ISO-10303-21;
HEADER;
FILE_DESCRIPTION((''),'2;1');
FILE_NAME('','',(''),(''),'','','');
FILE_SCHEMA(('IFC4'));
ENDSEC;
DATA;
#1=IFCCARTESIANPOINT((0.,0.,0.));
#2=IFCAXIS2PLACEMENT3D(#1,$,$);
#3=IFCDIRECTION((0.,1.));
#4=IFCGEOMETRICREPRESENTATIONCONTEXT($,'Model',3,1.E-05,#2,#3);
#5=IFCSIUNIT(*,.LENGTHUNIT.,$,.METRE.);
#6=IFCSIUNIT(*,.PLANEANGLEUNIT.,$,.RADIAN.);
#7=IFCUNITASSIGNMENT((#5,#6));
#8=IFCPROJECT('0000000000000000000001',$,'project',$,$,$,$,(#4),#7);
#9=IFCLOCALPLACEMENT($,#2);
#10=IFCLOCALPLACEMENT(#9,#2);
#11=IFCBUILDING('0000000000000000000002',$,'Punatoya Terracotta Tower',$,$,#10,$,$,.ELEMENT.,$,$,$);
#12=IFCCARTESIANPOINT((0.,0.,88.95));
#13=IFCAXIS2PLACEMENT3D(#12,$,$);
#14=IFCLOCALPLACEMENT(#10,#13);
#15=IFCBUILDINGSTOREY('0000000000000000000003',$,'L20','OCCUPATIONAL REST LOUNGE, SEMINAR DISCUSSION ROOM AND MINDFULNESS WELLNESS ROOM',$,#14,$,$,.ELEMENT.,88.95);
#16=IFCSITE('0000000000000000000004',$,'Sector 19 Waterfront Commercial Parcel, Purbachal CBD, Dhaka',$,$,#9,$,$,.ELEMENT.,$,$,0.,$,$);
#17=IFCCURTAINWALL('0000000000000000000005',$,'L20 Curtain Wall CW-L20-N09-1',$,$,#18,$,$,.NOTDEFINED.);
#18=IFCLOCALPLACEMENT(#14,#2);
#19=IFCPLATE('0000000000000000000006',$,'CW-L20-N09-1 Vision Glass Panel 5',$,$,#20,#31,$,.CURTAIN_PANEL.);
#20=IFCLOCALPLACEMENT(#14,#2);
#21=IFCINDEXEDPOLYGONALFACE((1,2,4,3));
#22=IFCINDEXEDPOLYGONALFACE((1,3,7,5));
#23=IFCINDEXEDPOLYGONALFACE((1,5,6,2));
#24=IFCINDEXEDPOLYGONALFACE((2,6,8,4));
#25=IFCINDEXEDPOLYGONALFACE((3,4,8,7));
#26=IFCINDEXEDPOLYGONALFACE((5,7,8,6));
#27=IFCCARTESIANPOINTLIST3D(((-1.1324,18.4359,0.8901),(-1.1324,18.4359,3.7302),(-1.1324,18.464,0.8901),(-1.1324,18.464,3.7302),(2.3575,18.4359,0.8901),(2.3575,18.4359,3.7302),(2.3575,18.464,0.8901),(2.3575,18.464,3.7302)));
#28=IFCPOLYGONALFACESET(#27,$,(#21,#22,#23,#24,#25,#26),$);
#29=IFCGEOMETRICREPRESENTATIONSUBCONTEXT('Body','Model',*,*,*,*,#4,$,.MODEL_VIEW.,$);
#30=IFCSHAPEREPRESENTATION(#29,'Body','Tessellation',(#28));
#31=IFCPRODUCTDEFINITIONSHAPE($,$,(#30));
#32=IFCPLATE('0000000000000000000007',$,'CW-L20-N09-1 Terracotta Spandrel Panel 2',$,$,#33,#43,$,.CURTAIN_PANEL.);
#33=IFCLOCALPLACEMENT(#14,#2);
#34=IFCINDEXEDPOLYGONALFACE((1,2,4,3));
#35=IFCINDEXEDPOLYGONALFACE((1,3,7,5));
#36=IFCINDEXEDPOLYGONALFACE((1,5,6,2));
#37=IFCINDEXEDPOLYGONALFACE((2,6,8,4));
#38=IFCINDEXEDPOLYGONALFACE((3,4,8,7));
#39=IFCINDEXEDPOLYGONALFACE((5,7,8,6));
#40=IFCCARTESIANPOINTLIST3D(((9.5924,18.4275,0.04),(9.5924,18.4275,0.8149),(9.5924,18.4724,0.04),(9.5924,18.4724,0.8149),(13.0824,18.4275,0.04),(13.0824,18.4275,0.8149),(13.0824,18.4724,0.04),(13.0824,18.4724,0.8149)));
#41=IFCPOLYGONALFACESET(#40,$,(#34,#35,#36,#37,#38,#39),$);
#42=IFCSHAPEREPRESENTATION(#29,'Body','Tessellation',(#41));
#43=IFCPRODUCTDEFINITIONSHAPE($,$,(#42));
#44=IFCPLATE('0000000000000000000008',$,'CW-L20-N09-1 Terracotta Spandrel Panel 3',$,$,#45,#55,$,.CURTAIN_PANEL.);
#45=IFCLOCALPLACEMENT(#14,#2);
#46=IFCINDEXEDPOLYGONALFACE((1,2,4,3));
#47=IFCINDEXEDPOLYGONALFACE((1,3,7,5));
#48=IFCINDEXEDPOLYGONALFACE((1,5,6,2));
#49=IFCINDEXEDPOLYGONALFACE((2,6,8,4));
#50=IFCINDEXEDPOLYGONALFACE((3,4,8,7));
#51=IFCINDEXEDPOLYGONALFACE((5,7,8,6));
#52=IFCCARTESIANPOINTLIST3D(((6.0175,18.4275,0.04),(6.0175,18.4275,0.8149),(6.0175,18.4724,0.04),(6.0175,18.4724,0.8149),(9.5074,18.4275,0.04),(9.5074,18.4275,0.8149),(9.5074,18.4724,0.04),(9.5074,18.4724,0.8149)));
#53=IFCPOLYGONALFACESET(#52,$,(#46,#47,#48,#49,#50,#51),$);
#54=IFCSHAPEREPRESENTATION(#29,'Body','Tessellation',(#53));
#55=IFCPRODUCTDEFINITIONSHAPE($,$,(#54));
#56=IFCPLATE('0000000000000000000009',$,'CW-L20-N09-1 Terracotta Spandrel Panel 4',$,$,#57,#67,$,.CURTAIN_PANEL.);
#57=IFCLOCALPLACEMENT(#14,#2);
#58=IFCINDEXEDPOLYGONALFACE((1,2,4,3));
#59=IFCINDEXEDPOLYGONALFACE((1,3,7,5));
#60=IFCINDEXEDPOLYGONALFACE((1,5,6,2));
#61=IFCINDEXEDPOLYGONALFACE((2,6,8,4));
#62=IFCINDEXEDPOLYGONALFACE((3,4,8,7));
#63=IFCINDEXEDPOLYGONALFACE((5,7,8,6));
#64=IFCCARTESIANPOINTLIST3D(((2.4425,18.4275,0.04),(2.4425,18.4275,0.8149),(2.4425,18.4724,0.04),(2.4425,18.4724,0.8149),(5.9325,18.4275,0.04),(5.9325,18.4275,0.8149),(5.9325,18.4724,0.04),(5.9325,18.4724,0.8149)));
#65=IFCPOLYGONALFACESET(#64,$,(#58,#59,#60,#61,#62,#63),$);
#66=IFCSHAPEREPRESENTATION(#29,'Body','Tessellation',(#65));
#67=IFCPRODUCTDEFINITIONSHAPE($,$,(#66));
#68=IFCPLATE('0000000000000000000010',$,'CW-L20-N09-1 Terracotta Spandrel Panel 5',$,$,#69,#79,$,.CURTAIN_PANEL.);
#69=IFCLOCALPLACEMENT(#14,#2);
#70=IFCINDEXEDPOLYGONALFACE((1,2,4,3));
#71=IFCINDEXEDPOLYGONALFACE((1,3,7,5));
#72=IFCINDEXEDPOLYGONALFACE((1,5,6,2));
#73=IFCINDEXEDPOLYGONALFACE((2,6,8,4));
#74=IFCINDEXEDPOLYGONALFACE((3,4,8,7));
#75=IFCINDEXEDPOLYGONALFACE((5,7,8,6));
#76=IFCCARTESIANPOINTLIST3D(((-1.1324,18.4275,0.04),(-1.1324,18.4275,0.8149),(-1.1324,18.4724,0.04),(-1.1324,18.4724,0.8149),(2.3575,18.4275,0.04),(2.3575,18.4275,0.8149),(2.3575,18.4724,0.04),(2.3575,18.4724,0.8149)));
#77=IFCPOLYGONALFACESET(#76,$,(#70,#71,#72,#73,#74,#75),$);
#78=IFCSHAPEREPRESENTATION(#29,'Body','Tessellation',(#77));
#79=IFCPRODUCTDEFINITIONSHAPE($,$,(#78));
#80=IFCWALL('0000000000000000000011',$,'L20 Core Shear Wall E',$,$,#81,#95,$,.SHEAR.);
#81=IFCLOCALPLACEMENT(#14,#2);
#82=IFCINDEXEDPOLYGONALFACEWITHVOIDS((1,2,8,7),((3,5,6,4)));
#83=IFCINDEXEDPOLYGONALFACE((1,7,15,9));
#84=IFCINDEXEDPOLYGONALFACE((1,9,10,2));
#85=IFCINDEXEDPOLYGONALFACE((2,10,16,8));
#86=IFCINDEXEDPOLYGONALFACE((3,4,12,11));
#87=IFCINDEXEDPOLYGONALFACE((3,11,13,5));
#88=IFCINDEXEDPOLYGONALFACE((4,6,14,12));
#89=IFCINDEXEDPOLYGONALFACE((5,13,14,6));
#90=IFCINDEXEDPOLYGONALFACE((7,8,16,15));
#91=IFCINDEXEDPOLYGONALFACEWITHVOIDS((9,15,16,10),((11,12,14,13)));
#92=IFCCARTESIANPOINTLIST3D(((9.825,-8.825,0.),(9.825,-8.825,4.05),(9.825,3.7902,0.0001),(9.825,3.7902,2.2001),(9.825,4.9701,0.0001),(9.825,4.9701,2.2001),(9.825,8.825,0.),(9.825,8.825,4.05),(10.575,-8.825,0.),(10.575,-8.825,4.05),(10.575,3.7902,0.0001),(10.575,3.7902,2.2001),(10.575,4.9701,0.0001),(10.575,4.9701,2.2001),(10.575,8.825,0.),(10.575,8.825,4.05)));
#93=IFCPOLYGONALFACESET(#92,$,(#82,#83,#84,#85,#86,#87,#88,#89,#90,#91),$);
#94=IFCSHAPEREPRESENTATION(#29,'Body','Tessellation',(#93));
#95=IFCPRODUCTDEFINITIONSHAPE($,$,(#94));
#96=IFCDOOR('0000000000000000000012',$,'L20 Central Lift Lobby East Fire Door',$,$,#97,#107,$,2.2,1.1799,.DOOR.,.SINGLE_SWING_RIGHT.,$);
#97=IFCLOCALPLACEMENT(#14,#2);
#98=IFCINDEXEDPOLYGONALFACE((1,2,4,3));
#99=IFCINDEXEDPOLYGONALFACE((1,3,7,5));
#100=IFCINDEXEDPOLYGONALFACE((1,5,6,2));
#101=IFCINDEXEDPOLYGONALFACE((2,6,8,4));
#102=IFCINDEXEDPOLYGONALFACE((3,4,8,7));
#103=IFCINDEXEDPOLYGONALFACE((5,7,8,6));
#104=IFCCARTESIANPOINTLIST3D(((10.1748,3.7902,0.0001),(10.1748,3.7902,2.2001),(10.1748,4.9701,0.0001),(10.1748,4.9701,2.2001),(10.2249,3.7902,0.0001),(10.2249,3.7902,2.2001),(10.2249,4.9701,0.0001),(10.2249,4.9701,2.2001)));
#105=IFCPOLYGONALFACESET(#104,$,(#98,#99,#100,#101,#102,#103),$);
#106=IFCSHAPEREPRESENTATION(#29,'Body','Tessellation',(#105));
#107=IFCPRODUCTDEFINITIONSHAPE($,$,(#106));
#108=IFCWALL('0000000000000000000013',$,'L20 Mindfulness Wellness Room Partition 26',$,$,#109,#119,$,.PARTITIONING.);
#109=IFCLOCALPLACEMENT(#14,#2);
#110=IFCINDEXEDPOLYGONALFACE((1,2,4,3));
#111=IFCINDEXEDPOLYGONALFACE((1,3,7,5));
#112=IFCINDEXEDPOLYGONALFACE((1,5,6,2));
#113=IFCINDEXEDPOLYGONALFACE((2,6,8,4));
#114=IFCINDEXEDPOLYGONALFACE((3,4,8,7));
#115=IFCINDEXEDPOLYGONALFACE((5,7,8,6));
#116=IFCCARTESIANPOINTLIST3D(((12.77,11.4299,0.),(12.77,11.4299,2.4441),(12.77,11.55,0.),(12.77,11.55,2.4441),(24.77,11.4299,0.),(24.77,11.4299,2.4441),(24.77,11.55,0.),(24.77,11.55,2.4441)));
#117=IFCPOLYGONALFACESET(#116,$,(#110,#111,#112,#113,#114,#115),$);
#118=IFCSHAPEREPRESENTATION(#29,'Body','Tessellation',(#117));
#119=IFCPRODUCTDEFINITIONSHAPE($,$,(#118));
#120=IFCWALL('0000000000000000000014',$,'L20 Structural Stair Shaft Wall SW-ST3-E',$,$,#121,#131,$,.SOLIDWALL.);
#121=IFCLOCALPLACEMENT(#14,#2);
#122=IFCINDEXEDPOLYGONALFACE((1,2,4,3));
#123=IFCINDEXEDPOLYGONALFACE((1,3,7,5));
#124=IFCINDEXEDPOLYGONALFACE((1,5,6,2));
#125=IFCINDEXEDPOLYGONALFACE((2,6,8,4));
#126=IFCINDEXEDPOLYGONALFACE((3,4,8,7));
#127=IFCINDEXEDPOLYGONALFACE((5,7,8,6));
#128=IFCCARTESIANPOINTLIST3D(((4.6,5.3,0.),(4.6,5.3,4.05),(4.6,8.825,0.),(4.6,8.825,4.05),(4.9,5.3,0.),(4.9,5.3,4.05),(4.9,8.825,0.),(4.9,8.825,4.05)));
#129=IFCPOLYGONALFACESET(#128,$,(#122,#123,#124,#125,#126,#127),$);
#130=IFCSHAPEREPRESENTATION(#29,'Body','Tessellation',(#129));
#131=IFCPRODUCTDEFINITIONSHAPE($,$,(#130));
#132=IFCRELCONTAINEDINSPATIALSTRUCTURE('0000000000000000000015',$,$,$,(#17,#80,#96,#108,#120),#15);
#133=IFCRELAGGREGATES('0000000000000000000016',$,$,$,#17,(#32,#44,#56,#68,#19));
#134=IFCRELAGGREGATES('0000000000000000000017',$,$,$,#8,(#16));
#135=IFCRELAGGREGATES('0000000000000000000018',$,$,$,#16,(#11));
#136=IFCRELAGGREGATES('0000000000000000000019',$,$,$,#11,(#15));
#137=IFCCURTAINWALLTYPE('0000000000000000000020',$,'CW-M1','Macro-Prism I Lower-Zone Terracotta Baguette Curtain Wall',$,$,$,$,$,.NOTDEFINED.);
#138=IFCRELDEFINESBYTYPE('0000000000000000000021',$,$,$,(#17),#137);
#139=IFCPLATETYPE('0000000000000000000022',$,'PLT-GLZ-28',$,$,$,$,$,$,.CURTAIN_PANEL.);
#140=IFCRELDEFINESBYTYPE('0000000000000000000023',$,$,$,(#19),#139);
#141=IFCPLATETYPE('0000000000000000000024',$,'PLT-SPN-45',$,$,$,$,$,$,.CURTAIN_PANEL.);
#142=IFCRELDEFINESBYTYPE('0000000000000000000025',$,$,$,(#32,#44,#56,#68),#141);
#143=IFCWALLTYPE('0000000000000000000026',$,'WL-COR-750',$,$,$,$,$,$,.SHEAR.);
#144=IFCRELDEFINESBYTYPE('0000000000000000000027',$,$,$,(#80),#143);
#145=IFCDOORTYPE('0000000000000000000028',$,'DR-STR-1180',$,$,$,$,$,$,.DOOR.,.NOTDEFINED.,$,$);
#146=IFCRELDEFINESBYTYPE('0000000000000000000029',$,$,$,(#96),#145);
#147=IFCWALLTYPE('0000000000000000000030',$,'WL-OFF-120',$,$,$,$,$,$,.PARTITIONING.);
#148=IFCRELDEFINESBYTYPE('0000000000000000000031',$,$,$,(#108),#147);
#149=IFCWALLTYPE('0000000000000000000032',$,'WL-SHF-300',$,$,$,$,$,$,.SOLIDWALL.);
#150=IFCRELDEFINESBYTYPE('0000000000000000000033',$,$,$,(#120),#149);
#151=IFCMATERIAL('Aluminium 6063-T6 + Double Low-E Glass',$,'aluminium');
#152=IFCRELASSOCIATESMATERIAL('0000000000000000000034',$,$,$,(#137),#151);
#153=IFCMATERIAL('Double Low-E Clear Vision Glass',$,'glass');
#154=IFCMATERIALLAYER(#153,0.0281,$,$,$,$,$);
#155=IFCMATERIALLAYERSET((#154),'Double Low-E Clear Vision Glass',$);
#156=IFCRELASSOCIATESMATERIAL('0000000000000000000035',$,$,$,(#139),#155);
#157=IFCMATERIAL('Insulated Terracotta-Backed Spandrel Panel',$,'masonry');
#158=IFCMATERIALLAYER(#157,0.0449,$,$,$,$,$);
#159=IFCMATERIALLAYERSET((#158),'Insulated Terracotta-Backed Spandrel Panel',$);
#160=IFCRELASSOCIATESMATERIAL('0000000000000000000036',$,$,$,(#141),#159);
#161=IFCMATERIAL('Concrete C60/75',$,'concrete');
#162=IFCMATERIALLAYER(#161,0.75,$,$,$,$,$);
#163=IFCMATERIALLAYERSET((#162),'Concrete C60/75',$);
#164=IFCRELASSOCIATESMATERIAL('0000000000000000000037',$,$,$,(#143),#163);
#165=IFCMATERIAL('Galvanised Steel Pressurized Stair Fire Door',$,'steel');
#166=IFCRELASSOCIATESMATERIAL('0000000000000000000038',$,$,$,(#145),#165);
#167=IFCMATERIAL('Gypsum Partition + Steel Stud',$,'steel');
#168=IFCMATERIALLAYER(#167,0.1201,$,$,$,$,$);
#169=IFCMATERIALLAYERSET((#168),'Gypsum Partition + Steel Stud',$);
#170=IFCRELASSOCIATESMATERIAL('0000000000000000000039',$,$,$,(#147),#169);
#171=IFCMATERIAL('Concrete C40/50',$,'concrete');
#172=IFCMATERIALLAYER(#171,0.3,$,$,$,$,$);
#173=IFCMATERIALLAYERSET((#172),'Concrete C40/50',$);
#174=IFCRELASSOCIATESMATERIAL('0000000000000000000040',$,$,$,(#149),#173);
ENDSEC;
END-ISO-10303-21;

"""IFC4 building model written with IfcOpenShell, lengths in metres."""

from ifc_helpers import new_model, si_unit, direction, frame, frame_2d, origin, origin_2d, place, context, subcontext, project, spatial, rectangle, extrude, material, layer, layer_set, type_object, element, fill, aggregate, save


model = new_model("IFC4")

# Units and contexts
model_context = context("Model", 3, precision=1e-05, world=origin(), true_north=direction((0.0, 1.0)))
body_context = subcontext(model_context, "Body", "Model", "MODEL_VIEW")
ifc_project = project(units=[si_unit("LENGTHUNIT", "METRE"), si_unit("PLANEANGLEUNIT", "RADIAN")], contexts=[model_context])

# Site, building, storey
site_placement = place(None, origin())
site = spatial("IfcSite", under=ifc_project, at=site_placement, Name="Sector 19 Waterfront Commercial Parcel, Purbachal CBD, Dhaka", CompositionType="ELEMENT", RefElevation=0.0)
building_placement = place(site_placement, origin())
building = spatial("IfcBuilding", under=site, at=building_placement, Name="Punatoya Terracotta Tower", CompositionType="ELEMENT")
storey_placement = place(building_placement, frame((0.0, 0.0, 88.95)))
storey = spatial("IfcBuildingStorey", under=building, at=storey_placement, Name="L20", Description="OCCUPATIONAL REST LOUNGE, SEMINAR DISCUSSION ROOM AND MINDFULNESS WELLNESS ROOM", CompositionType="ELEMENT", Elevation=88.95)

# Curtain wall, plates
ifc_material_1 = material(Name="Aluminium 6063-T6 + Double Low-E Glass", Category="aluminium")
curtain_wall_type = type_object("IfcCurtainWallType", Name="CW-M1", Description="Macro-Prism I Lower-Zone Terracotta Baguette Curtain Wall", PredefinedType="NOTDEFINED", material=ifc_material_1)
curtain_wall_placement = place(storey_placement, origin())
curtain_wall = element("IfcCurtainWall", 1, at=curtain_wall_placement, inside=storey, type_object=curtain_wall_type, Name="L20 Curtain Wall CW-L20-N09-1", PredefinedType="NOTDEFINED")
ifc_material_2 = material(Name="Double Low-E Clear Vision Glass", Category="glass")
ifc_layer_1 = layer(ifc_material_2, 0.0281)
ifc_layer_set_1 = layer_set([ifc_layer_1], Name="Double Low-E Clear Vision Glass")
plate_type_1 = type_object("IfcPlateType", Name="PLT-GLZ-28", PredefinedType="CURTAIN_PANEL", material=ifc_layer_set_1)
plate_1_placement = place(storey_placement, frame((0.6125, 18.45, 0.8901), z_axis=(0.0, 0.0, 1.0), x_axis=(-1.0, 0.0, 0.0)))
plate_1 = element("IfcPlate", 2, at=plate_1_placement, type_object=plate_type_1, Name="CW-L20-N09-1 Vision Glass Panel 5", PredefinedType="CURTAIN_PANEL", context=body_context, shape_type="SweptSolid", body=[
    extrude(rectangle(XDim=3.49, YDim=0.0281, at=origin_2d()), origin(), (0.0, 0.0, 1.0), 2.8401),
])
ifc_material_3 = material(Name="Insulated Terracotta-Backed Spandrel Panel", Category="masonry")
ifc_layer_2 = layer(ifc_material_3, 0.0449)
ifc_layer_set_2 = layer_set([ifc_layer_2], Name="Insulated Terracotta-Backed Spandrel Panel")
plate_type_2 = type_object("IfcPlateType", Name="PLT-SPN-45", PredefinedType="CURTAIN_PANEL", material=ifc_layer_set_2)
plate_2_placement = place(storey_placement, frame((11.3374, 18.45, 0.04), z_axis=(0.0, 0.0, 1.0), x_axis=(-1.0, 0.0, 0.0)))
plate_2 = element("IfcPlate", 3, at=plate_2_placement, type_object=plate_type_2, Name="CW-L20-N09-1 Terracotta Spandrel Panel 2", PredefinedType="CURTAIN_PANEL", context=body_context, shape_type="SweptSolid", body=[
    extrude(rectangle(XDim=3.49, YDim=0.0449, at=origin_2d()), origin(), (0.0, 0.0, 1.0), 0.7749),
])
plate_3_placement = place(storey_placement, frame((7.7625, 18.45, 0.04), z_axis=(0.0, 0.0, 1.0), x_axis=(-1.0, 0.0, 0.0)))
plate_3 = element("IfcPlate", 4, at=plate_3_placement, type_object=plate_type_2, Name="CW-L20-N09-1 Terracotta Spandrel Panel 3", PredefinedType="CURTAIN_PANEL", context=body_context, shape_type="SweptSolid", body=[
    extrude(rectangle(XDim=3.49, YDim=0.0449, at=origin_2d()), origin(), (0.0, 0.0, 1.0), 0.7749),
])
plate_4_placement = place(storey_placement, frame((4.1875, 18.45, 0.04), z_axis=(0.0, 0.0, 1.0), x_axis=(-1.0, 0.0, 0.0)))
plate_4 = element("IfcPlate", 5, at=plate_4_placement, type_object=plate_type_2, Name="CW-L20-N09-1 Terracotta Spandrel Panel 4", PredefinedType="CURTAIN_PANEL", context=body_context, shape_type="SweptSolid", body=[
    extrude(rectangle(XDim=3.49, YDim=0.0449, at=origin_2d()), origin(), (0.0, 0.0, 1.0), 0.7749),
])
plate_5_placement = place(storey_placement, frame((0.6125, 18.45, 0.04), z_axis=(0.0, 0.0, 1.0), x_axis=(-1.0, 0.0, 0.0)))
plate_5 = element("IfcPlate", 6, at=plate_5_placement, type_object=plate_type_2, Name="CW-L20-N09-1 Terracotta Spandrel Panel 5", PredefinedType="CURTAIN_PANEL", context=body_context, shape_type="SweptSolid", body=[
    extrude(rectangle(XDim=3.49, YDim=0.0449, at=origin_2d()), origin(), (0.0, 0.0, 1.0), 0.7749),
])
aggregate(curtain_wall, [plate_2, plate_3, plate_4, plate_5, plate_1])

# Wall, opening, door
ifc_material_4 = material(Name="Concrete C60/75", Category="concrete")
ifc_layer_3 = layer(ifc_material_4, 0.75)
ifc_layer_set_3 = layer_set([ifc_layer_3], Name="Concrete C60/75")
wall_type_1 = type_object("IfcWallType", Name="WL-COR-750", PredefinedType="SHEAR", material=ifc_layer_set_3)
wall_1_placement = place(storey_placement, frame((10.2, 8.825, 0.0), z_axis=(0.0, 0.0, 1.0), x_axis=(0.0, -1.0, 0.0)))
wall_1 = element("IfcWall", 7, at=wall_1_placement, inside=storey, type_object=wall_type_1, Name="L20 Core Shear Wall E", PredefinedType="SHEAR", context=body_context, shape_type="SweptSolid", body=[
    extrude(rectangle(XDim=17.6499, YDim=0.75, at=frame_2d((8.825, 0.0))), origin(), (0.0, 0.0, 1.0), 4.05),
])
opening_placement = place(wall_1_placement, frame((3.855, 0.0, 0.0)))
opening = element("IfcOpeningElement", 8, at=opening_placement, cuts=wall_1, PredefinedType="OPENING", context=body_context, shape_type="SweptSolid", body=[
    extrude(rectangle(XDim=1.1799, YDim=2.2, at=frame_2d((0.5898, 1.1001))), frame((0.0, 0.385, 0.0), z_axis=(0.0, -1.0, 0.0), x_axis=(1.0, 0.0, 0.0)), (0.0, 0.0, 1.0), 0.77),
])
ifc_material_5 = material(Name="Galvanised Steel Pressurized Stair Fire Door", Category="steel")
door_type = type_object("IfcDoorType", Name="DR-STR-1180", OperationType="NOTDEFINED", PredefinedType="DOOR", material=ifc_material_5)
door_placement = place(opening_placement, origin())
door = element("IfcDoor", 9, at=door_placement, inside=storey, type_object=door_type, Name="L20 Central Lift Lobby East Fire Door", OperationType="SINGLE_SWING_RIGHT", OverallHeight=2.2, OverallWidth=1.1799, PredefinedType="DOOR", context=body_context, shape_type="SweptSolid", body=[
    extrude(rectangle(XDim=1.1799, YDim=2.2, at=frame_2d((0.5898, 1.1001))), frame((0.0, 0.0249, 0.0), z_axis=(0.0, -1.0, 0.0), x_axis=(1.0, 0.0, 0.0)), (0.0, 0.0, 1.0), 0.05),
])
fill(opening, door)

# Walls
ifc_material_6 = material(Name="Gypsum Partition + Steel Stud", Category="steel")
ifc_layer_4 = layer(ifc_material_6, 0.1201)
ifc_layer_set_4 = layer_set([ifc_layer_4], Name="Gypsum Partition + Steel Stud")
wall_type_2 = type_object("IfcWallType", Name="WL-OFF-120", PredefinedType="PARTITIONING", material=ifc_layer_set_4)
wall_2_placement = place(storey_placement, frame((12.77, 11.49, 0.0), z_axis=(0.0, 0.0, 1.0), x_axis=(1.0, 0.0, 0.0)))
element("IfcWall", 10, at=wall_2_placement, inside=storey, type_object=wall_type_2, Name="L20 Mindfulness Wellness Room Partition 26", PredefinedType="PARTITIONING", context=body_context, shape_type="SweptSolid", body=[
    extrude(rectangle(XDim=12.0, YDim=0.1201, at=frame_2d((6.0, 0.0))), origin(), (0.0, 0.0, 1.0), 2.4441),
])
ifc_material_7 = material(Name="Concrete C40/50", Category="concrete")
ifc_layer_5 = layer(ifc_material_7, 0.3)
ifc_layer_set_5 = layer_set([ifc_layer_5], Name="Concrete C40/50")
wall_type_3 = type_object("IfcWallType", Name="WL-SHF-300", PredefinedType="SOLIDWALL", material=ifc_layer_set_5)
wall_3_placement = place(storey_placement, frame((4.75, 8.825, 0.0), z_axis=(0.0, 0.0, 1.0), x_axis=(0.0, -1.0, 0.0)))
element("IfcWall", 11, at=wall_3_placement, inside=storey, type_object=wall_type_3, Name="L20 Structural Stair Shaft Wall SW-ST3-E", PredefinedType="SOLIDWALL", context=body_context, shape_type="SweptSolid", body=[
    extrude(rectangle(XDim=3.5249, YDim=0.3, at=frame_2d((1.7625, 0.0))), origin(), (0.0, 0.0, 1.0), 4.05),
])

save(model, "model.ifc")
